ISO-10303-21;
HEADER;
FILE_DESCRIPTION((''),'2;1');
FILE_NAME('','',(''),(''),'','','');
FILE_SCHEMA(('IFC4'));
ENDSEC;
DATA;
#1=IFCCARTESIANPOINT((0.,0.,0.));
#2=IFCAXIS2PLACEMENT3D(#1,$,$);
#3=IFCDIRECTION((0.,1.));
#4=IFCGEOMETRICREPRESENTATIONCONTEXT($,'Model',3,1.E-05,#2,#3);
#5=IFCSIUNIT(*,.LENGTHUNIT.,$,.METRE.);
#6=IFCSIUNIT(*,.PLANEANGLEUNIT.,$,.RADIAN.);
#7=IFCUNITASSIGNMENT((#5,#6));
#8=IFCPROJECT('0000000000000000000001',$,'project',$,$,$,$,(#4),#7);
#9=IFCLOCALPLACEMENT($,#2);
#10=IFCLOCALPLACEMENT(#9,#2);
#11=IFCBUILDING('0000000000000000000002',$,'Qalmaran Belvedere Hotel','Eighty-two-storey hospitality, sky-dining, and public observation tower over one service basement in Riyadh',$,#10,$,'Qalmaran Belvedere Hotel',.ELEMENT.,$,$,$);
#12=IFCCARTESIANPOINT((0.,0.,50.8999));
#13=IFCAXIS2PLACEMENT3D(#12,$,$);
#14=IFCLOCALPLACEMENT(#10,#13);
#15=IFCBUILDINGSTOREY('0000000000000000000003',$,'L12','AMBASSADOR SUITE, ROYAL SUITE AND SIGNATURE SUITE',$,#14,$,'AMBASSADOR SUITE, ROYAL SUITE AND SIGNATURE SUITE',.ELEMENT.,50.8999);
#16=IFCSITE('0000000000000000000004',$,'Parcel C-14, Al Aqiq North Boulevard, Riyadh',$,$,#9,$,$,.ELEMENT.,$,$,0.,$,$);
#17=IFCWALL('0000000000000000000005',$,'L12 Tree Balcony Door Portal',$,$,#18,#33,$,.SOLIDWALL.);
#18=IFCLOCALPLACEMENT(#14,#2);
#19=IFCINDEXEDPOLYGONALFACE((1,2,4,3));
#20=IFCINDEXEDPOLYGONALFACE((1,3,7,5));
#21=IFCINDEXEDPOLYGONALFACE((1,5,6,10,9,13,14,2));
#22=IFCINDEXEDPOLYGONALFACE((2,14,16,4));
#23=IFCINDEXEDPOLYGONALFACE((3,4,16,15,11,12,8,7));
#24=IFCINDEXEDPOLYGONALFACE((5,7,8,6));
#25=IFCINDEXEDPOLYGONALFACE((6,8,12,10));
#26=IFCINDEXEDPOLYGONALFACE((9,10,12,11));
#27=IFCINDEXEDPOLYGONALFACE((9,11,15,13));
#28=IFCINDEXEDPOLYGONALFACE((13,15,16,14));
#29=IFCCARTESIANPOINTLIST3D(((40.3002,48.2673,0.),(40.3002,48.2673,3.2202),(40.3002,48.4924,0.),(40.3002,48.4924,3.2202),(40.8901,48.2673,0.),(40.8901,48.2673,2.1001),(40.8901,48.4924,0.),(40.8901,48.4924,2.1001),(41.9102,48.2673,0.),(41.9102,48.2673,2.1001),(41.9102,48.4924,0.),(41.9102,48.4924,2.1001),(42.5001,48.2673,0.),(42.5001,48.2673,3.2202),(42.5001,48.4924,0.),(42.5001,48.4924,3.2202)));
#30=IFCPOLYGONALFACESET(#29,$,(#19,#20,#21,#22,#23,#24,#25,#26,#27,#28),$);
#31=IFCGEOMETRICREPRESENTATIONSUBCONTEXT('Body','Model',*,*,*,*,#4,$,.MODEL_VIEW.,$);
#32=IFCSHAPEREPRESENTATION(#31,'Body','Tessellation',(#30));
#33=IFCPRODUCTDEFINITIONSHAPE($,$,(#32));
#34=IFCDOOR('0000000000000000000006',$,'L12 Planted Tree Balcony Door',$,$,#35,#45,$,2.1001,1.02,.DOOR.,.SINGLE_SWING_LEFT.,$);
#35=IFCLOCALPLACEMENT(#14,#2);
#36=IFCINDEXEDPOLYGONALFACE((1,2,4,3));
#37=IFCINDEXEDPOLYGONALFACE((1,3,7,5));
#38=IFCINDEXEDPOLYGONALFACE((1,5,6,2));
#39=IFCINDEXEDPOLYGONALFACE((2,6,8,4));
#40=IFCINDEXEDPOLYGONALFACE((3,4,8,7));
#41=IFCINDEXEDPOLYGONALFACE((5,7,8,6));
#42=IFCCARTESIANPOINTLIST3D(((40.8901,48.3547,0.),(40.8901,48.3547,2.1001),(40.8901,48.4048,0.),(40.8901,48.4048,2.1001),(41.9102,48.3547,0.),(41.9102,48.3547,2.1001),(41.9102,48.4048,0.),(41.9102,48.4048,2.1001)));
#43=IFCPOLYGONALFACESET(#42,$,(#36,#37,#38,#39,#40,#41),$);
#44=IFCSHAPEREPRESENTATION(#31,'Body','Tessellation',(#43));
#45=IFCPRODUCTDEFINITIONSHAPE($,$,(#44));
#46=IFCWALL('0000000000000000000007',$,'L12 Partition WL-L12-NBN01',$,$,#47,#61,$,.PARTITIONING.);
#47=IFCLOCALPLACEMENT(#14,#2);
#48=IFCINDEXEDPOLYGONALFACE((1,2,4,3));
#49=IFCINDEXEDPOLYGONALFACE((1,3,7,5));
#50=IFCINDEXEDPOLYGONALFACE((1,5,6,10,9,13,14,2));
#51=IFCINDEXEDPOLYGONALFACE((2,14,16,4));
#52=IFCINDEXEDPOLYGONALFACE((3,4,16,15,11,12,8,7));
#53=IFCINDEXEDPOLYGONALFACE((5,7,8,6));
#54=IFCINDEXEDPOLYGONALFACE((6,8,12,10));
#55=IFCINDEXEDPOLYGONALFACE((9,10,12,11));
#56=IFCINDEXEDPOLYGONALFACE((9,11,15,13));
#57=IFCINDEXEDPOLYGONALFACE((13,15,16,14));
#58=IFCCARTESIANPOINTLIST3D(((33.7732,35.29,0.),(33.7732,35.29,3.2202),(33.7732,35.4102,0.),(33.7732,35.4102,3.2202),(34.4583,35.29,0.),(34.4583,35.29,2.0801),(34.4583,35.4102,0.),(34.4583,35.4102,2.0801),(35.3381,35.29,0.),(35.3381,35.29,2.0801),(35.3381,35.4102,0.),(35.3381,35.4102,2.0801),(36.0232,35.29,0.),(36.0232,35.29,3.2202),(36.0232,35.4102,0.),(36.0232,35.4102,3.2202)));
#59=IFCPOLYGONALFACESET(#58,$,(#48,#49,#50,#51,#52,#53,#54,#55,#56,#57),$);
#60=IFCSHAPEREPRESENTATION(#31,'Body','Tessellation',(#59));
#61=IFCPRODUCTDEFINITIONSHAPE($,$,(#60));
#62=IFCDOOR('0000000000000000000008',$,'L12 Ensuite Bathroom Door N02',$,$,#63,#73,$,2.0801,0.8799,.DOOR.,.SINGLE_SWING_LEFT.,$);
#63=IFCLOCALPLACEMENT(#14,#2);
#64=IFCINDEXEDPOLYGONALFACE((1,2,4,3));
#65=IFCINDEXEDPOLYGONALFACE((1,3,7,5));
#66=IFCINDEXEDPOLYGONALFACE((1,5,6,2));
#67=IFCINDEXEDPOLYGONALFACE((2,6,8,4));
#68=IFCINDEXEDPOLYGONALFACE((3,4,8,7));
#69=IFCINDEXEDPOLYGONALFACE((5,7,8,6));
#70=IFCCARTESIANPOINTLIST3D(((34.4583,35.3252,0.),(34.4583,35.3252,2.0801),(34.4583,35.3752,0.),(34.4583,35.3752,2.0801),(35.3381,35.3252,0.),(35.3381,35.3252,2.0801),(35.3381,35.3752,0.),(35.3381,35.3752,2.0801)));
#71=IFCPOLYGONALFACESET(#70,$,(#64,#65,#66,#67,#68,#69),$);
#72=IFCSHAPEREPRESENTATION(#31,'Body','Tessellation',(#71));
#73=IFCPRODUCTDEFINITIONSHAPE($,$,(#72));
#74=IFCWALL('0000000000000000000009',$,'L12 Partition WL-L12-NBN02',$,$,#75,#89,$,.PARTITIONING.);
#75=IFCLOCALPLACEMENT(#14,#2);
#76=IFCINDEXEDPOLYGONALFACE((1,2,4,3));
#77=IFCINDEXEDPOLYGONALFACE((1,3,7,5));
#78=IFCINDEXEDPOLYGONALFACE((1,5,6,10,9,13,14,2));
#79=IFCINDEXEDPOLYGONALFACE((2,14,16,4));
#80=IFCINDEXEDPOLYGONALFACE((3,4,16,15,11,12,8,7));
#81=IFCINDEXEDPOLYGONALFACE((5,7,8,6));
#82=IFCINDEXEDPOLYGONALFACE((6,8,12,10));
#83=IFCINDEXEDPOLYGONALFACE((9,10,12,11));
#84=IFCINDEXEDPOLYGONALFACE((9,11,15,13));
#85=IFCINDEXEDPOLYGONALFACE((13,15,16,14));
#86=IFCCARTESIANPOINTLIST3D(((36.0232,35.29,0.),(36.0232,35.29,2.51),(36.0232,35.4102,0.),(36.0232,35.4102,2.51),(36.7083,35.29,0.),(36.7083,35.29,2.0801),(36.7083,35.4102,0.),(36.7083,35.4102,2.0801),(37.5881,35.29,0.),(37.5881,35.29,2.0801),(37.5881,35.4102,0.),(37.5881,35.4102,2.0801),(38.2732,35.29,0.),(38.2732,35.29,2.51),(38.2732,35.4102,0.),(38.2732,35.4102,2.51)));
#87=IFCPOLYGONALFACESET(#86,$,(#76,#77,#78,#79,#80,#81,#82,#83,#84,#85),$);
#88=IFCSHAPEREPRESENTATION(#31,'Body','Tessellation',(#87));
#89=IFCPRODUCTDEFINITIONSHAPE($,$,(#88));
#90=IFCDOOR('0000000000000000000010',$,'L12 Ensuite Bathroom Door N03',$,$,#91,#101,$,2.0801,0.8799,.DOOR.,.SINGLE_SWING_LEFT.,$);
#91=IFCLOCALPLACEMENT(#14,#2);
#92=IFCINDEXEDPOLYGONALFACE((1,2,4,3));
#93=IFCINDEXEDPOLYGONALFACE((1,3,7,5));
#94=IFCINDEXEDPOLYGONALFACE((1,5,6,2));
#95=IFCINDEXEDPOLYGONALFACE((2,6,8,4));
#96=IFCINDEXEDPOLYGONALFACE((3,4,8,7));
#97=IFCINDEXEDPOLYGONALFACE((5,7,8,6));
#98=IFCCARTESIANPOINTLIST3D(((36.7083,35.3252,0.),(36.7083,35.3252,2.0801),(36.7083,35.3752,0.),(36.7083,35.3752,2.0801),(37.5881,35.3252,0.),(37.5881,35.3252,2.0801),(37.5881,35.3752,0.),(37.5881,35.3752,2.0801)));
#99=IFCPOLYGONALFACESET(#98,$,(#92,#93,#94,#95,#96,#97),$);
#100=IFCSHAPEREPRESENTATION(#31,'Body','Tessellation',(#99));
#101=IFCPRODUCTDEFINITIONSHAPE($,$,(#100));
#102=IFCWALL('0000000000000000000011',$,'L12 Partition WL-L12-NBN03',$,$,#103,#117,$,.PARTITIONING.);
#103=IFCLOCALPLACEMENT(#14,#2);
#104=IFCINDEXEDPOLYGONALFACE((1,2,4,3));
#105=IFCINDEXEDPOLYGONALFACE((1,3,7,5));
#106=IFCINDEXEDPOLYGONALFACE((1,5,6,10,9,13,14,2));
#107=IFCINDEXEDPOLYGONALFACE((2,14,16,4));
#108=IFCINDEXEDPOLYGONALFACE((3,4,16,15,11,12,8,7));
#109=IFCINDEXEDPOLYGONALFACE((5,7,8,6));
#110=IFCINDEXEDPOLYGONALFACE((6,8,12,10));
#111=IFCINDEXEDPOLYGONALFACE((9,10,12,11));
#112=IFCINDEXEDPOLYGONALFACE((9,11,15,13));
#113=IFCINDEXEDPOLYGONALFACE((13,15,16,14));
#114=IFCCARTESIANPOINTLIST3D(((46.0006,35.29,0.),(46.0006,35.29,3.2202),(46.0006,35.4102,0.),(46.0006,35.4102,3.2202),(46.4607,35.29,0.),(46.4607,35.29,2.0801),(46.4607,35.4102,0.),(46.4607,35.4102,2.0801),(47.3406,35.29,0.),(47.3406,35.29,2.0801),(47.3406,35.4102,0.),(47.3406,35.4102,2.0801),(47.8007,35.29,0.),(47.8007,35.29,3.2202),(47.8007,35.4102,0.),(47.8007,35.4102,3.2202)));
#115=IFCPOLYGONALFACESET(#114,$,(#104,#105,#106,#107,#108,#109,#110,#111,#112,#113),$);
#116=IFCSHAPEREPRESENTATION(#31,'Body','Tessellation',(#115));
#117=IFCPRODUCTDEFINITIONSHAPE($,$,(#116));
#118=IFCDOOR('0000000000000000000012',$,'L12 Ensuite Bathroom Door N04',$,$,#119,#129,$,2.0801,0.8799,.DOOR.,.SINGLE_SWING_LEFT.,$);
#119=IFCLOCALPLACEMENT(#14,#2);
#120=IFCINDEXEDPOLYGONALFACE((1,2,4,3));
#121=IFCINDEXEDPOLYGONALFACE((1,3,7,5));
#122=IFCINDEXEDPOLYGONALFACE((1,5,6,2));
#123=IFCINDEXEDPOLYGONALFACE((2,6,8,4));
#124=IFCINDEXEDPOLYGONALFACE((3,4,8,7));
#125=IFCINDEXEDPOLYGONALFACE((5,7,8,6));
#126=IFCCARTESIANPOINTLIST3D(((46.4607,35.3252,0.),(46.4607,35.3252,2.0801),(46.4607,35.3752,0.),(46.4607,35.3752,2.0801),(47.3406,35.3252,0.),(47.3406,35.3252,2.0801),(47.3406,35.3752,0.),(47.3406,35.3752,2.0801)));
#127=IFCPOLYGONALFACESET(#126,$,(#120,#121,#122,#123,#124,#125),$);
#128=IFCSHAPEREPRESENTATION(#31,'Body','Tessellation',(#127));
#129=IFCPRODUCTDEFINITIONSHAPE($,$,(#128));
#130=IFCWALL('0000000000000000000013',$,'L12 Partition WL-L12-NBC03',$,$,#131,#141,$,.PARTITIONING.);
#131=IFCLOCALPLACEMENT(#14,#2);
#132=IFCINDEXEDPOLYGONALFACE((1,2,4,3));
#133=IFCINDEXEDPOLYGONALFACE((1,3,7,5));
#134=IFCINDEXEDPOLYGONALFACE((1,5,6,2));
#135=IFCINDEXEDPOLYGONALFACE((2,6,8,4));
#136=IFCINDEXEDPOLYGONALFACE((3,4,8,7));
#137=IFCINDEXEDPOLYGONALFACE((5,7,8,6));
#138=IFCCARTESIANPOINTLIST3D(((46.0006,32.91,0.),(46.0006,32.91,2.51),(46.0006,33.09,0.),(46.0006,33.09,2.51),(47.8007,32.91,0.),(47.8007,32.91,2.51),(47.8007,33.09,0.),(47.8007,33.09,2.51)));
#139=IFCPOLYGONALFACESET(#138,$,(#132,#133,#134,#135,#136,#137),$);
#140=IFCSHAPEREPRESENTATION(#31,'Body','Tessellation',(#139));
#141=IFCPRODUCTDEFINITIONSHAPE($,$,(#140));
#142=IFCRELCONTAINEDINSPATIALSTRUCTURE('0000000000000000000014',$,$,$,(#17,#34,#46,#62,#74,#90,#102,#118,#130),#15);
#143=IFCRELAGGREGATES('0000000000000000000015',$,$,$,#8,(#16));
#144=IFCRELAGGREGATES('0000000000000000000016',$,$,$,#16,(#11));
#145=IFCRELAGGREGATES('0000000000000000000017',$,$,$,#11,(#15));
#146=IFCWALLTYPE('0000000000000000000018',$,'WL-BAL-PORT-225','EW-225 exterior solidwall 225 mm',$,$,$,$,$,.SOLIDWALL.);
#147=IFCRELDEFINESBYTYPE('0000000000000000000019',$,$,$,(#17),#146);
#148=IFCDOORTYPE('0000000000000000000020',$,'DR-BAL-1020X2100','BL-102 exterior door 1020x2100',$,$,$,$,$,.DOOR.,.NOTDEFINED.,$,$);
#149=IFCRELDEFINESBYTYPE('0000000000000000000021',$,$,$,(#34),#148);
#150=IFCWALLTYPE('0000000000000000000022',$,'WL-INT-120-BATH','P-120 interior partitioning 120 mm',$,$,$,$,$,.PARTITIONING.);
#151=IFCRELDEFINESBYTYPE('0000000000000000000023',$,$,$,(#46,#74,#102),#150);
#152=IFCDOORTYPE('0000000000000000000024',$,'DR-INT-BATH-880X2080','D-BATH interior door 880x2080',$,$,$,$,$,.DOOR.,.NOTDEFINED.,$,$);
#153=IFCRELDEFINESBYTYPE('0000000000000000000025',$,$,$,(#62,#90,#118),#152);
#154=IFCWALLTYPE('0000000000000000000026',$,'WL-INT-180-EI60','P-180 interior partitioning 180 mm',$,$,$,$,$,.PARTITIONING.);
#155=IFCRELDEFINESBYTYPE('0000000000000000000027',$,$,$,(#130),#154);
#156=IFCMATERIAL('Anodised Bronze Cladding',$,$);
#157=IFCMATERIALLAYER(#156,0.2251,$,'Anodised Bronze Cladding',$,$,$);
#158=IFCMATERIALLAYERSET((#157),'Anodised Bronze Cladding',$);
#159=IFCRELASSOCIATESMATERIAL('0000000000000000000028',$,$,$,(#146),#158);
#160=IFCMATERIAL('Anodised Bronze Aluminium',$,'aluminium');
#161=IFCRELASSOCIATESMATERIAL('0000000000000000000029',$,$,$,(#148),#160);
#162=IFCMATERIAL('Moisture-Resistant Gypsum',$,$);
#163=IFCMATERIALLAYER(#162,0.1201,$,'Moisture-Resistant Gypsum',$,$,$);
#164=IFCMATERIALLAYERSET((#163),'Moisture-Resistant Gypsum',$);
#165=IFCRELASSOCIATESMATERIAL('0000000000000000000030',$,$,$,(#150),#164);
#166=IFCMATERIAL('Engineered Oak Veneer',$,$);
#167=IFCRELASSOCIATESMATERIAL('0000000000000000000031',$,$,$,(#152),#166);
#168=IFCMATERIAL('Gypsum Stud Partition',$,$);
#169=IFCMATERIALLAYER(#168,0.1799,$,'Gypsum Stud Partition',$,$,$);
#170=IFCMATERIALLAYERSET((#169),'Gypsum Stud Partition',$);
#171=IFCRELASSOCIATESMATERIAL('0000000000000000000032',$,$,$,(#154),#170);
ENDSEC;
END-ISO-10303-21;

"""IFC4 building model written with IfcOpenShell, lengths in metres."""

from ifc_helpers import new_model, si_unit, direction, frame, frame_2d, origin, place, context, subcontext, project, spatial, rectangle, extrude, material, layer, layer_set, type_object, element, fill, save


model = new_model("IFC4")

# Units and contexts
model_context = context("Model", 3, precision=1e-05, world=origin(), true_north=direction((0.0, 1.0)))
body_context = subcontext(model_context, "Body", "Model", "MODEL_VIEW")
ifc_project = project(units=[si_unit("LENGTHUNIT", "METRE"), si_unit("PLANEANGLEUNIT", "RADIAN")], contexts=[model_context])

# Site, building, storey
site_placement = place(None, origin())
site = spatial("IfcSite", under=ifc_project, at=site_placement, Name="Parcel C-14, Al Aqiq North Boulevard, Riyadh", CompositionType="ELEMENT", RefElevation=0.0)
building_placement = place(site_placement, origin())
building = spatial("IfcBuilding", under=site, at=building_placement, Name="Qalmaran Belvedere Hotel", Description="Eighty-two-storey hospitality, sky-dining, and public observation tower over one service basement in Riyadh", LongName="Qalmaran Belvedere Hotel", CompositionType="ELEMENT")
storey_placement = place(building_placement, frame((0.0, 0.0, 50.8999)))
storey = spatial("IfcBuildingStorey", under=building, at=storey_placement, Name="L12", Description="AMBASSADOR SUITE, ROYAL SUITE AND SIGNATURE SUITE", LongName="AMBASSADOR SUITE, ROYAL SUITE AND SIGNATURE SUITE", CompositionType="ELEMENT", Elevation=50.8999)

# Shared definitions
ifc_material_1 = material(Name="Anodised Bronze Aluminium", Category="aluminium")

# Walls, openings, doors
ifc_material_2 = material(Name="Anodised Bronze Cladding")
ifc_layer_1 = layer(ifc_material_2, 0.2251, Name="Anodised Bronze Cladding")
ifc_layer_set_1 = layer_set([ifc_layer_1], Name="Anodised Bronze Cladding")
wall_type_1 = type_object("IfcWallType", Name="WL-BAL-PORT-225", Description="EW-225 exterior solidwall 225 mm", PredefinedType="SOLIDWALL", material=ifc_layer_set_1)
wall_1_placement = place(storey_placement, frame((40.3, 48.3799, 0.0), z_axis=(0.0, 0.0, 1.0), x_axis=(1.0, 0.0, 0.0)))
wall_1 = element("IfcWall", 1, at=wall_1_placement, inside=storey, type_object=wall_type_1, Name="L12 Tree Balcony Door Portal", PredefinedType="SOLIDWALL", context=body_context, shape_type="SweptSolid", body=[
    extrude(rectangle(XDim=2.2, YDim=0.2251, at=frame_2d((1.1001, 0.0))), origin(), (0.0, 0.0, 1.0), 3.2202),
])
opening_1_placement = place(wall_1_placement, frame((0.5901, 0.0, 0.0)))
opening_1 = element("IfcOpeningElement", 2, at=opening_1_placement, cuts=wall_1, PredefinedType="OPENING", context=body_context, shape_type="SweptSolid", body=[
    extrude(rectangle(XDim=1.02, YDim=2.1001, at=frame_2d((0.51, 1.05))), frame((0.0, 0.1226, 0.0), z_axis=(0.0, -1.0, 0.0), x_axis=(1.0, 0.0, 0.0)), (0.0, 0.0, 1.0), 0.2451),
])
door_type_1 = type_object("IfcDoorType", Name="DR-BAL-1020X2100", Description="BL-102 exterior door 1020x2100", OperationType="NOTDEFINED", PredefinedType="DOOR", material=ifc_material_1)
door_1_placement = place(opening_1_placement, origin())
door_1 = element("IfcDoor", 3, at=door_1_placement, inside=storey, type_object=door_type_1, Name="L12 Planted Tree Balcony Door", OperationType="SINGLE_SWING_LEFT", OverallHeight=2.1001, OverallWidth=1.02, PredefinedType="DOOR", context=body_context, shape_type="SweptSolid", body=[
    extrude(rectangle(XDim=1.02, YDim=2.1001, at=frame_2d((0.51, 1.05))), frame((0.0, 0.0249, 0.0), z_axis=(0.0, -1.0, 0.0), x_axis=(1.0, 0.0, 0.0)), (0.0, 0.0, 1.0), 0.05),
])
fill(opening_1, door_1)
ifc_material_3 = material(Name="Moisture-Resistant Gypsum")
ifc_layer_2 = layer(ifc_material_3, 0.1201, Name="Moisture-Resistant Gypsum")
ifc_layer_set_2 = layer_set([ifc_layer_2], Name="Moisture-Resistant Gypsum")
wall_type_2 = type_object("IfcWallType", Name="WL-INT-120-BATH", Description="P-120 interior partitioning 120 mm", PredefinedType="PARTITIONING", material=ifc_layer_set_2)
wall_2_placement = place(storey_placement, frame((33.7732, 35.3501, 0.0), z_axis=(0.0, 0.0, 1.0), x_axis=(1.0, 0.0, 0.0)))
wall_2 = element("IfcWall", 4, at=wall_2_placement, inside=storey, type_object=wall_type_2, Name="L12 Partition WL-L12-NBN01", PredefinedType="PARTITIONING", context=body_context, shape_type="SweptSolid", body=[
    extrude(rectangle(XDim=2.25, YDim=0.1201, at=frame_2d((1.125, 0.0))), origin(), (0.0, 0.0, 1.0), 3.2202),
])
opening_2_placement = place(wall_2_placement, frame((1.5649, 0.0, 0.0), z_axis=(0.0, 0.0, 1.0), x_axis=(-1.0, 0.0, 0.0)))
opening_2 = element("IfcOpeningElement", 5, at=opening_2_placement, cuts=wall_2, PredefinedType="OPENING", context=body_context, shape_type="SweptSolid", body=[
    extrude(rectangle(XDim=0.8799, YDim=2.0801, at=frame_2d((0.4399, 1.04))), frame((0.0, 0.0701, 0.0), z_axis=(0.0, -1.0, 0.0), x_axis=(1.0, 0.0, 0.0)), (0.0, 0.0, 1.0), 0.1401),
])
ifc_material_4 = material(Name="Engineered Oak Veneer")
door_type_2 = type_object("IfcDoorType", Name="DR-INT-BATH-880X2080", Description="D-BATH interior door 880x2080", OperationType="NOTDEFINED", PredefinedType="DOOR", material=ifc_material_4)
door_2_placement = place(opening_2_placement, origin())
door_2 = element("IfcDoor", 6, at=door_2_placement, inside=storey, type_object=door_type_2, Name="L12 Ensuite Bathroom Door N02", OperationType="SINGLE_SWING_LEFT", OverallHeight=2.0801, OverallWidth=0.8799, PredefinedType="DOOR", context=body_context, shape_type="SweptSolid", body=[
    extrude(rectangle(XDim=0.8799, YDim=2.0801, at=frame_2d((0.4399, 1.04))), frame((0.0, 0.0249, 0.0), z_axis=(0.0, -1.0, 0.0), x_axis=(1.0, 0.0, 0.0)), (0.0, 0.0, 1.0), 0.05),
])
fill(opening_2, door_2)
wall_3_placement = place(storey_placement, frame((36.0232, 35.3501, 0.0), z_axis=(0.0, 0.0, 1.0), x_axis=(1.0, 0.0, 0.0)))
wall_3 = element("IfcWall", 7, at=wall_3_placement, inside=storey, type_object=wall_type_2, Name="L12 Partition WL-L12-NBN02", PredefinedType="PARTITIONING", context=body_context, shape_type="SweptSolid", body=[
    extrude(rectangle(XDim=2.25, YDim=0.1201, at=frame_2d((1.125, 0.0))), origin(), (0.0, 0.0, 1.0), 2.51),
])
opening_3_placement = place(wall_3_placement, frame((1.5649, 0.0, 0.0), z_axis=(0.0, 0.0, 1.0), x_axis=(-1.0, 0.0, 0.0)))
opening_3 = element("IfcOpeningElement", 8, at=opening_3_placement, cuts=wall_3, PredefinedType="OPENING", context=body_context, shape_type="SweptSolid", body=[
    extrude(rectangle(XDim=0.8799, YDim=2.0801, at=frame_2d((0.4399, 1.04))), frame((0.0, 0.0701, 0.0), z_axis=(0.0, -1.0, 0.0), x_axis=(1.0, 0.0, 0.0)), (0.0, 0.0, 1.0), 0.1401),
])
door_3_placement = place(opening_3_placement, origin())
door_3 = element("IfcDoor", 9, at=door_3_placement, inside=storey, type_object=door_type_2, Name="L12 Ensuite Bathroom Door N03", OperationType="SINGLE_SWING_LEFT", OverallHeight=2.0801, OverallWidth=0.8799, PredefinedType="DOOR", context=body_context, shape_type="SweptSolid", body=[
    extrude(rectangle(XDim=0.8799, YDim=2.0801, at=frame_2d((0.4399, 1.04))), frame((0.0, 0.0249, 0.0), z_axis=(0.0, -1.0, 0.0), x_axis=(1.0, 0.0, 0.0)), (0.0, 0.0, 1.0), 0.05),
])
fill(opening_3, door_3)
wall_4_placement = place(storey_placement, frame((46.0007, 35.3501, 0.0), z_axis=(0.0, 0.0, 1.0), x_axis=(1.0, 0.0, 0.0)))
wall_4 = element("IfcWall", 10, at=wall_4_placement, inside=storey, type_object=wall_type_2, Name="L12 Partition WL-L12-NBN03", PredefinedType="PARTITIONING", context=body_context, shape_type="SweptSolid", body=[
    extrude(rectangle(XDim=1.8, YDim=0.1201, at=frame_2d((0.8999, 0.0))), origin(), (0.0, 0.0, 1.0), 3.2202),
])
opening_4_placement = place(wall_4_placement, frame((1.3398, 0.0, 0.0), z_axis=(0.0, 0.0, 1.0), x_axis=(-1.0, 0.0, 0.0)))
opening_4 = element("IfcOpeningElement", 11, at=opening_4_placement, cuts=wall_4, PredefinedType="OPENING", context=body_context, shape_type="SweptSolid", body=[
    extrude(rectangle(XDim=0.8799, YDim=2.0801, at=frame_2d((0.4399, 1.04))), frame((0.0, 0.0701, 0.0), z_axis=(0.0, -1.0, 0.0), x_axis=(1.0, 0.0, 0.0)), (0.0, 0.0, 1.0), 0.1401),
])
door_4_placement = place(opening_4_placement, origin())
door_4 = element("IfcDoor", 12, at=door_4_placement, inside=storey, type_object=door_type_2, Name="L12 Ensuite Bathroom Door N04", OperationType="SINGLE_SWING_LEFT", OverallHeight=2.0801, OverallWidth=0.8799, PredefinedType="DOOR", context=body_context, shape_type="SweptSolid", body=[
    extrude(rectangle(XDim=0.8799, YDim=2.0801, at=frame_2d((0.4399, 1.04))), frame((0.0, 0.0249, 0.0), z_axis=(0.0, -1.0, 0.0), x_axis=(1.0, 0.0, 0.0)), (0.0, 0.0, 1.0), 0.05),
])
fill(opening_4, door_4)

# Wall
ifc_material_5 = material(Name="Gypsum Stud Partition")
ifc_layer_3 = layer(ifc_material_5, 0.1799, Name="Gypsum Stud Partition")
ifc_layer_set_3 = layer_set([ifc_layer_3], Name="Gypsum Stud Partition")
wall_type_3 = type_object("IfcWallType", Name="WL-INT-180-EI60", Description="P-180 interior partitioning 180 mm", PredefinedType="PARTITIONING", material=ifc_layer_set_3)
wall_5_placement = place(storey_placement, frame((46.0007, 33.0, 0.0), z_axis=(0.0, 0.0, 1.0), x_axis=(1.0, 0.0, 0.0)))
element("IfcWall", 13, at=wall_5_placement, inside=storey, type_object=wall_type_3, Name="L12 Partition WL-L12-NBC03", PredefinedType="PARTITIONING", context=body_context, shape_type="SweptSolid", body=[
    extrude(rectangle(XDim=1.8, YDim=0.1799, at=frame_2d((0.8999, 0.0))), origin(), (0.0, 0.0, 1.0), 2.51),
])

save(model, "model.ifc")
